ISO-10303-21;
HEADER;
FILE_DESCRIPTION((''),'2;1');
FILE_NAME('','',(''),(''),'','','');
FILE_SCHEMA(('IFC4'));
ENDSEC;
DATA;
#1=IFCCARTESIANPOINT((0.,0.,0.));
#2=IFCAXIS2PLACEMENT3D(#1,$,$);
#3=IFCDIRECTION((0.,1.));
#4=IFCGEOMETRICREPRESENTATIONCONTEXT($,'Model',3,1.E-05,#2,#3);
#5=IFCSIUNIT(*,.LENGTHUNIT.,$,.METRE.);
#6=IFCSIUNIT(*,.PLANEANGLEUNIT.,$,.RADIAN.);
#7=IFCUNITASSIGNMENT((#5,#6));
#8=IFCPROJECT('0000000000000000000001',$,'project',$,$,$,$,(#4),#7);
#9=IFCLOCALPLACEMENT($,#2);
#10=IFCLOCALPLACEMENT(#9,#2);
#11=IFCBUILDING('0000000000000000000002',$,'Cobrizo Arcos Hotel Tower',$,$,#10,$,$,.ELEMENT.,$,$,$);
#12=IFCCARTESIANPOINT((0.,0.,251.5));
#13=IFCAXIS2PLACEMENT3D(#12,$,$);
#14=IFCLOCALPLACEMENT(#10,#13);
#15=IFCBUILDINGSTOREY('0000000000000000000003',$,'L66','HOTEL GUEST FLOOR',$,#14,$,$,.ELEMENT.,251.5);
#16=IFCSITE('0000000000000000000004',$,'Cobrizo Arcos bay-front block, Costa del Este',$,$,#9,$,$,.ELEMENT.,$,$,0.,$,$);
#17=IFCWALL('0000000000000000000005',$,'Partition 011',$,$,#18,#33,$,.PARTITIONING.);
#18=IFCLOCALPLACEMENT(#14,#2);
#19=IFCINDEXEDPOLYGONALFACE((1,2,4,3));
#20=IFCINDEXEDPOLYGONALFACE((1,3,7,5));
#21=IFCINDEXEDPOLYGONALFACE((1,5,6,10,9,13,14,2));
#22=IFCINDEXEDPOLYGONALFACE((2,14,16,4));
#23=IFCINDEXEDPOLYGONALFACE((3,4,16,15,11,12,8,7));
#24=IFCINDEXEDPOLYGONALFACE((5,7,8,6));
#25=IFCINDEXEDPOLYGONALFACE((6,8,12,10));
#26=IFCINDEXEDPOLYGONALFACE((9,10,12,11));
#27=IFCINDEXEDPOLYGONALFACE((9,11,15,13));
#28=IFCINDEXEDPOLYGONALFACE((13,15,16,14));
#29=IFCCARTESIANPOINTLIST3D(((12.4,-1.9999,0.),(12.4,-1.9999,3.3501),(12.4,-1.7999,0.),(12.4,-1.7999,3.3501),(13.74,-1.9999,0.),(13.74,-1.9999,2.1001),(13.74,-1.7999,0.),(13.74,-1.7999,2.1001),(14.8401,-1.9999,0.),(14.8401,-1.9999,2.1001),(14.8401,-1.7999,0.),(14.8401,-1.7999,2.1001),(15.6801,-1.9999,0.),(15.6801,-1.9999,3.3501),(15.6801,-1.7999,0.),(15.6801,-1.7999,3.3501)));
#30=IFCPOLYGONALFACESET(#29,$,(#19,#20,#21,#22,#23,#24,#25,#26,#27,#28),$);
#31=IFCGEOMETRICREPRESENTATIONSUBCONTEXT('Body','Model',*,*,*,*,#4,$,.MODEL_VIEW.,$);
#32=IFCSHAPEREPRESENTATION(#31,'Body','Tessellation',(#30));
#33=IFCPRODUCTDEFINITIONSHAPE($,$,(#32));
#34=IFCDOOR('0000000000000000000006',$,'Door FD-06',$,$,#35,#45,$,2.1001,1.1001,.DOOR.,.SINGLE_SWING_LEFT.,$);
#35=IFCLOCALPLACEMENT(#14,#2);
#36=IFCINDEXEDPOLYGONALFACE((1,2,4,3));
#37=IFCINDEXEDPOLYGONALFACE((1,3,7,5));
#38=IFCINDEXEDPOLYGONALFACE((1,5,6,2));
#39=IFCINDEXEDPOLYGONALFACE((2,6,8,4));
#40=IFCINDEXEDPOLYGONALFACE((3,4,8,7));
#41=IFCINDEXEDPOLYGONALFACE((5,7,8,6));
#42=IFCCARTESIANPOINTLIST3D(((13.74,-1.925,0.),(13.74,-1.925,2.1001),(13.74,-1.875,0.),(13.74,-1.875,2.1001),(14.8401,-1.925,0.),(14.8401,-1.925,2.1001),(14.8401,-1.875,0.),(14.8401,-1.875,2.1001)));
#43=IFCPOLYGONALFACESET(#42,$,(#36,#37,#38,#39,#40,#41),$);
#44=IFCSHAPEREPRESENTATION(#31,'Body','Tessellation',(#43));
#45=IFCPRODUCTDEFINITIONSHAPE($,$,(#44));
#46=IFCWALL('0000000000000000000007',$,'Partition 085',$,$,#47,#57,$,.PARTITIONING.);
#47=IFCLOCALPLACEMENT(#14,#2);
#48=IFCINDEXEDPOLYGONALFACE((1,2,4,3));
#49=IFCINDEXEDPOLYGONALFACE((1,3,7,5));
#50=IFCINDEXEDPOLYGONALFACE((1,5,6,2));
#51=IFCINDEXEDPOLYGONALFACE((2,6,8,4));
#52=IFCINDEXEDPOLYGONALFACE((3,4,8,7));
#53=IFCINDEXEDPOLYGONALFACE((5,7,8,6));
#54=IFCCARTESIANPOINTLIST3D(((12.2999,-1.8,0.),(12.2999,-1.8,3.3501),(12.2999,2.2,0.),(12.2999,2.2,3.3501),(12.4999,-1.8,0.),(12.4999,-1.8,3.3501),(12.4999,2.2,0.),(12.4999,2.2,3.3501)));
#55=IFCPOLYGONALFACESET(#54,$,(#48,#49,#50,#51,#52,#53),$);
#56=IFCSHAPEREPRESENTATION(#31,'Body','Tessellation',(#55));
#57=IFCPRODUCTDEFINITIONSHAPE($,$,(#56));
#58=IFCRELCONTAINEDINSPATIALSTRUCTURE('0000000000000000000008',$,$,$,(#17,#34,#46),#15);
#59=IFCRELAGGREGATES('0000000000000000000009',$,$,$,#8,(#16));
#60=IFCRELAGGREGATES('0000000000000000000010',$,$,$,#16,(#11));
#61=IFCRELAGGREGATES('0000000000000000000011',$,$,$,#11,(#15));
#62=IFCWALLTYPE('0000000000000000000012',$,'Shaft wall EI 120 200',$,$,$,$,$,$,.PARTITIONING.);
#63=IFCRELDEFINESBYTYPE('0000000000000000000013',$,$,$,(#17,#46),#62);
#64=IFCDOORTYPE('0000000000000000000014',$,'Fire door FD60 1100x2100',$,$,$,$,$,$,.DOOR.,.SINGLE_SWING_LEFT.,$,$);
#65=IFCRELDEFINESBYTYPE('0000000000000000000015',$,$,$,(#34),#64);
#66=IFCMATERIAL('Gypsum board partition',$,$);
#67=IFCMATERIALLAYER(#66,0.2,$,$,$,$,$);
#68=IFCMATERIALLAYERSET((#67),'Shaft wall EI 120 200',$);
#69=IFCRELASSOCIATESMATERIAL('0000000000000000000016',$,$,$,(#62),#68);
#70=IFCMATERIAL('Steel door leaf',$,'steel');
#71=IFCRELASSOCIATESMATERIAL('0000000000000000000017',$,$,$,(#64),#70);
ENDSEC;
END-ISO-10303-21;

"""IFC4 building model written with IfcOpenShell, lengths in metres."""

from ifc_helpers import new_model, si_unit, direction, frame, frame_2d, origin, place, context, subcontext, project, spatial, rectangle, extrude, material, layer, layer_set, type_object, element, fill, save


model = new_model("IFC4")

# Units and contexts
model_context = context("Model", 3, precision=1e-05, world=origin(), true_north=direction((0.0, 1.0)))
body_context = subcontext(model_context, "Body", "Model", "MODEL_VIEW")
ifc_project = project(units=[si_unit("LENGTHUNIT", "METRE"), si_unit("PLANEANGLEUNIT", "RADIAN")], contexts=[model_context])

# Site, building, storey
site_placement = place(None, origin())
site = spatial("IfcSite", under=ifc_project, at=site_placement, Name="Cobrizo Arcos bay-front block, Costa del Este", CompositionType="ELEMENT", RefElevation=0.0)
building_placement = place(site_placement, origin())
building = spatial("IfcBuilding", under=site, at=building_placement, Name="Cobrizo Arcos Hotel Tower", CompositionType="ELEMENT")
storey_placement = place(building_placement, frame((0.0, 0.0, 251.5)))
storey = spatial("IfcBuildingStorey", under=building, at=storey_placement, Name="L66", Description="HOTEL GUEST FLOOR", CompositionType="ELEMENT", Elevation=251.5)

# Shared definitions
ifc_material_1 = material(Name="Gypsum board partition")

# Wall, opening, door
ifc_layer_1 = layer(ifc_material_1, 0.2)
ifc_layer_set_1 = layer_set([ifc_layer_1], Name="Shaft wall EI 120 200")
wall_type_1 = type_object("IfcWallType", Name="Shaft wall EI 120 200", PredefinedType="PARTITIONING", material=ifc_layer_set_1)
wall_1_placement = place(storey_placement, frame((12.3999, -1.8999, 0.0), z_axis=(0.0, 0.0, 1.0), x_axis=(1.0, 0.0, 0.0)))
wall_1 = element("IfcWall", 1, at=wall_1_placement, inside=storey, type_object=wall_type_1, Name="Partition 011", PredefinedType="PARTITIONING", context=body_context, shape_type="SweptSolid", body=[
    extrude(rectangle(XDim=3.28, YDim=0.2, at=frame_2d((1.6401, 0.0))), origin(), (0.0, 0.0, 1.0), 3.3501),
])
opening_1_placement = place(wall_1_placement, frame((1.3401, 0.0, 0.0)))
opening_1 = element("IfcOpeningElement", 2, at=opening_1_placement, cuts=wall_1, PredefinedType="OPENING", context=body_context, shape_type="SweptSolid", body=[
    extrude(rectangle(XDim=1.1001, YDim=2.1001, at=frame_2d((0.55, 1.05))), frame((0.0, 0.1121, 0.0), z_axis=(0.0, -1.0, 0.0), x_axis=(1.0, 0.0, 0.0)), (0.0, 0.0, 1.0), 0.2239),
])
ifc_material_2 = material(Name="Steel door leaf", Category="steel")
door_type_1 = type_object("IfcDoorType", Name="Fire door FD60 1100x2100", OperationType="SINGLE_SWING_LEFT", PredefinedType="DOOR", material=ifc_material_2)
door_1_placement = place(opening_1_placement, origin())
door_1 = element("IfcDoor", 3, at=door_1_placement, inside=storey, type_object=door_type_1, Name="Door FD-06", OperationType="SINGLE_SWING_LEFT", OverallHeight=2.1001, OverallWidth=1.1001, PredefinedType="DOOR", context=body_context, shape_type="SweptSolid", body=[
    extrude(rectangle(XDim=1.1001, YDim=2.1001, at=frame_2d((0.55, 1.05))), frame((0.0, 0.0249, 0.0), z_axis=(0.0, -1.0, 0.0), x_axis=(1.0, 0.0, 0.0)), (0.0, 0.0, 1.0), 0.05),
])
fill(opening_1, door_1)

# Wall
wall_2_placement = place(storey_placement, frame((12.3999, -1.8, 0.0), z_axis=(0.0, 0.0, 1.0), x_axis=(0.0, 1.0, 0.0)))
element("IfcWall", 4, at=wall_2_placement, inside=storey, type_object=wall_type_1, Name="Partition 085", PredefinedType="PARTITIONING", context=body_context, shape_type="SweptSolid", body=[
    extrude(rectangle(XDim=4.0, YDim=0.2, at=frame_2d((2.0, 0.0))), origin(), (0.0, 0.0, 1.0), 3.3501),
])

save(model, "model.ifc")
